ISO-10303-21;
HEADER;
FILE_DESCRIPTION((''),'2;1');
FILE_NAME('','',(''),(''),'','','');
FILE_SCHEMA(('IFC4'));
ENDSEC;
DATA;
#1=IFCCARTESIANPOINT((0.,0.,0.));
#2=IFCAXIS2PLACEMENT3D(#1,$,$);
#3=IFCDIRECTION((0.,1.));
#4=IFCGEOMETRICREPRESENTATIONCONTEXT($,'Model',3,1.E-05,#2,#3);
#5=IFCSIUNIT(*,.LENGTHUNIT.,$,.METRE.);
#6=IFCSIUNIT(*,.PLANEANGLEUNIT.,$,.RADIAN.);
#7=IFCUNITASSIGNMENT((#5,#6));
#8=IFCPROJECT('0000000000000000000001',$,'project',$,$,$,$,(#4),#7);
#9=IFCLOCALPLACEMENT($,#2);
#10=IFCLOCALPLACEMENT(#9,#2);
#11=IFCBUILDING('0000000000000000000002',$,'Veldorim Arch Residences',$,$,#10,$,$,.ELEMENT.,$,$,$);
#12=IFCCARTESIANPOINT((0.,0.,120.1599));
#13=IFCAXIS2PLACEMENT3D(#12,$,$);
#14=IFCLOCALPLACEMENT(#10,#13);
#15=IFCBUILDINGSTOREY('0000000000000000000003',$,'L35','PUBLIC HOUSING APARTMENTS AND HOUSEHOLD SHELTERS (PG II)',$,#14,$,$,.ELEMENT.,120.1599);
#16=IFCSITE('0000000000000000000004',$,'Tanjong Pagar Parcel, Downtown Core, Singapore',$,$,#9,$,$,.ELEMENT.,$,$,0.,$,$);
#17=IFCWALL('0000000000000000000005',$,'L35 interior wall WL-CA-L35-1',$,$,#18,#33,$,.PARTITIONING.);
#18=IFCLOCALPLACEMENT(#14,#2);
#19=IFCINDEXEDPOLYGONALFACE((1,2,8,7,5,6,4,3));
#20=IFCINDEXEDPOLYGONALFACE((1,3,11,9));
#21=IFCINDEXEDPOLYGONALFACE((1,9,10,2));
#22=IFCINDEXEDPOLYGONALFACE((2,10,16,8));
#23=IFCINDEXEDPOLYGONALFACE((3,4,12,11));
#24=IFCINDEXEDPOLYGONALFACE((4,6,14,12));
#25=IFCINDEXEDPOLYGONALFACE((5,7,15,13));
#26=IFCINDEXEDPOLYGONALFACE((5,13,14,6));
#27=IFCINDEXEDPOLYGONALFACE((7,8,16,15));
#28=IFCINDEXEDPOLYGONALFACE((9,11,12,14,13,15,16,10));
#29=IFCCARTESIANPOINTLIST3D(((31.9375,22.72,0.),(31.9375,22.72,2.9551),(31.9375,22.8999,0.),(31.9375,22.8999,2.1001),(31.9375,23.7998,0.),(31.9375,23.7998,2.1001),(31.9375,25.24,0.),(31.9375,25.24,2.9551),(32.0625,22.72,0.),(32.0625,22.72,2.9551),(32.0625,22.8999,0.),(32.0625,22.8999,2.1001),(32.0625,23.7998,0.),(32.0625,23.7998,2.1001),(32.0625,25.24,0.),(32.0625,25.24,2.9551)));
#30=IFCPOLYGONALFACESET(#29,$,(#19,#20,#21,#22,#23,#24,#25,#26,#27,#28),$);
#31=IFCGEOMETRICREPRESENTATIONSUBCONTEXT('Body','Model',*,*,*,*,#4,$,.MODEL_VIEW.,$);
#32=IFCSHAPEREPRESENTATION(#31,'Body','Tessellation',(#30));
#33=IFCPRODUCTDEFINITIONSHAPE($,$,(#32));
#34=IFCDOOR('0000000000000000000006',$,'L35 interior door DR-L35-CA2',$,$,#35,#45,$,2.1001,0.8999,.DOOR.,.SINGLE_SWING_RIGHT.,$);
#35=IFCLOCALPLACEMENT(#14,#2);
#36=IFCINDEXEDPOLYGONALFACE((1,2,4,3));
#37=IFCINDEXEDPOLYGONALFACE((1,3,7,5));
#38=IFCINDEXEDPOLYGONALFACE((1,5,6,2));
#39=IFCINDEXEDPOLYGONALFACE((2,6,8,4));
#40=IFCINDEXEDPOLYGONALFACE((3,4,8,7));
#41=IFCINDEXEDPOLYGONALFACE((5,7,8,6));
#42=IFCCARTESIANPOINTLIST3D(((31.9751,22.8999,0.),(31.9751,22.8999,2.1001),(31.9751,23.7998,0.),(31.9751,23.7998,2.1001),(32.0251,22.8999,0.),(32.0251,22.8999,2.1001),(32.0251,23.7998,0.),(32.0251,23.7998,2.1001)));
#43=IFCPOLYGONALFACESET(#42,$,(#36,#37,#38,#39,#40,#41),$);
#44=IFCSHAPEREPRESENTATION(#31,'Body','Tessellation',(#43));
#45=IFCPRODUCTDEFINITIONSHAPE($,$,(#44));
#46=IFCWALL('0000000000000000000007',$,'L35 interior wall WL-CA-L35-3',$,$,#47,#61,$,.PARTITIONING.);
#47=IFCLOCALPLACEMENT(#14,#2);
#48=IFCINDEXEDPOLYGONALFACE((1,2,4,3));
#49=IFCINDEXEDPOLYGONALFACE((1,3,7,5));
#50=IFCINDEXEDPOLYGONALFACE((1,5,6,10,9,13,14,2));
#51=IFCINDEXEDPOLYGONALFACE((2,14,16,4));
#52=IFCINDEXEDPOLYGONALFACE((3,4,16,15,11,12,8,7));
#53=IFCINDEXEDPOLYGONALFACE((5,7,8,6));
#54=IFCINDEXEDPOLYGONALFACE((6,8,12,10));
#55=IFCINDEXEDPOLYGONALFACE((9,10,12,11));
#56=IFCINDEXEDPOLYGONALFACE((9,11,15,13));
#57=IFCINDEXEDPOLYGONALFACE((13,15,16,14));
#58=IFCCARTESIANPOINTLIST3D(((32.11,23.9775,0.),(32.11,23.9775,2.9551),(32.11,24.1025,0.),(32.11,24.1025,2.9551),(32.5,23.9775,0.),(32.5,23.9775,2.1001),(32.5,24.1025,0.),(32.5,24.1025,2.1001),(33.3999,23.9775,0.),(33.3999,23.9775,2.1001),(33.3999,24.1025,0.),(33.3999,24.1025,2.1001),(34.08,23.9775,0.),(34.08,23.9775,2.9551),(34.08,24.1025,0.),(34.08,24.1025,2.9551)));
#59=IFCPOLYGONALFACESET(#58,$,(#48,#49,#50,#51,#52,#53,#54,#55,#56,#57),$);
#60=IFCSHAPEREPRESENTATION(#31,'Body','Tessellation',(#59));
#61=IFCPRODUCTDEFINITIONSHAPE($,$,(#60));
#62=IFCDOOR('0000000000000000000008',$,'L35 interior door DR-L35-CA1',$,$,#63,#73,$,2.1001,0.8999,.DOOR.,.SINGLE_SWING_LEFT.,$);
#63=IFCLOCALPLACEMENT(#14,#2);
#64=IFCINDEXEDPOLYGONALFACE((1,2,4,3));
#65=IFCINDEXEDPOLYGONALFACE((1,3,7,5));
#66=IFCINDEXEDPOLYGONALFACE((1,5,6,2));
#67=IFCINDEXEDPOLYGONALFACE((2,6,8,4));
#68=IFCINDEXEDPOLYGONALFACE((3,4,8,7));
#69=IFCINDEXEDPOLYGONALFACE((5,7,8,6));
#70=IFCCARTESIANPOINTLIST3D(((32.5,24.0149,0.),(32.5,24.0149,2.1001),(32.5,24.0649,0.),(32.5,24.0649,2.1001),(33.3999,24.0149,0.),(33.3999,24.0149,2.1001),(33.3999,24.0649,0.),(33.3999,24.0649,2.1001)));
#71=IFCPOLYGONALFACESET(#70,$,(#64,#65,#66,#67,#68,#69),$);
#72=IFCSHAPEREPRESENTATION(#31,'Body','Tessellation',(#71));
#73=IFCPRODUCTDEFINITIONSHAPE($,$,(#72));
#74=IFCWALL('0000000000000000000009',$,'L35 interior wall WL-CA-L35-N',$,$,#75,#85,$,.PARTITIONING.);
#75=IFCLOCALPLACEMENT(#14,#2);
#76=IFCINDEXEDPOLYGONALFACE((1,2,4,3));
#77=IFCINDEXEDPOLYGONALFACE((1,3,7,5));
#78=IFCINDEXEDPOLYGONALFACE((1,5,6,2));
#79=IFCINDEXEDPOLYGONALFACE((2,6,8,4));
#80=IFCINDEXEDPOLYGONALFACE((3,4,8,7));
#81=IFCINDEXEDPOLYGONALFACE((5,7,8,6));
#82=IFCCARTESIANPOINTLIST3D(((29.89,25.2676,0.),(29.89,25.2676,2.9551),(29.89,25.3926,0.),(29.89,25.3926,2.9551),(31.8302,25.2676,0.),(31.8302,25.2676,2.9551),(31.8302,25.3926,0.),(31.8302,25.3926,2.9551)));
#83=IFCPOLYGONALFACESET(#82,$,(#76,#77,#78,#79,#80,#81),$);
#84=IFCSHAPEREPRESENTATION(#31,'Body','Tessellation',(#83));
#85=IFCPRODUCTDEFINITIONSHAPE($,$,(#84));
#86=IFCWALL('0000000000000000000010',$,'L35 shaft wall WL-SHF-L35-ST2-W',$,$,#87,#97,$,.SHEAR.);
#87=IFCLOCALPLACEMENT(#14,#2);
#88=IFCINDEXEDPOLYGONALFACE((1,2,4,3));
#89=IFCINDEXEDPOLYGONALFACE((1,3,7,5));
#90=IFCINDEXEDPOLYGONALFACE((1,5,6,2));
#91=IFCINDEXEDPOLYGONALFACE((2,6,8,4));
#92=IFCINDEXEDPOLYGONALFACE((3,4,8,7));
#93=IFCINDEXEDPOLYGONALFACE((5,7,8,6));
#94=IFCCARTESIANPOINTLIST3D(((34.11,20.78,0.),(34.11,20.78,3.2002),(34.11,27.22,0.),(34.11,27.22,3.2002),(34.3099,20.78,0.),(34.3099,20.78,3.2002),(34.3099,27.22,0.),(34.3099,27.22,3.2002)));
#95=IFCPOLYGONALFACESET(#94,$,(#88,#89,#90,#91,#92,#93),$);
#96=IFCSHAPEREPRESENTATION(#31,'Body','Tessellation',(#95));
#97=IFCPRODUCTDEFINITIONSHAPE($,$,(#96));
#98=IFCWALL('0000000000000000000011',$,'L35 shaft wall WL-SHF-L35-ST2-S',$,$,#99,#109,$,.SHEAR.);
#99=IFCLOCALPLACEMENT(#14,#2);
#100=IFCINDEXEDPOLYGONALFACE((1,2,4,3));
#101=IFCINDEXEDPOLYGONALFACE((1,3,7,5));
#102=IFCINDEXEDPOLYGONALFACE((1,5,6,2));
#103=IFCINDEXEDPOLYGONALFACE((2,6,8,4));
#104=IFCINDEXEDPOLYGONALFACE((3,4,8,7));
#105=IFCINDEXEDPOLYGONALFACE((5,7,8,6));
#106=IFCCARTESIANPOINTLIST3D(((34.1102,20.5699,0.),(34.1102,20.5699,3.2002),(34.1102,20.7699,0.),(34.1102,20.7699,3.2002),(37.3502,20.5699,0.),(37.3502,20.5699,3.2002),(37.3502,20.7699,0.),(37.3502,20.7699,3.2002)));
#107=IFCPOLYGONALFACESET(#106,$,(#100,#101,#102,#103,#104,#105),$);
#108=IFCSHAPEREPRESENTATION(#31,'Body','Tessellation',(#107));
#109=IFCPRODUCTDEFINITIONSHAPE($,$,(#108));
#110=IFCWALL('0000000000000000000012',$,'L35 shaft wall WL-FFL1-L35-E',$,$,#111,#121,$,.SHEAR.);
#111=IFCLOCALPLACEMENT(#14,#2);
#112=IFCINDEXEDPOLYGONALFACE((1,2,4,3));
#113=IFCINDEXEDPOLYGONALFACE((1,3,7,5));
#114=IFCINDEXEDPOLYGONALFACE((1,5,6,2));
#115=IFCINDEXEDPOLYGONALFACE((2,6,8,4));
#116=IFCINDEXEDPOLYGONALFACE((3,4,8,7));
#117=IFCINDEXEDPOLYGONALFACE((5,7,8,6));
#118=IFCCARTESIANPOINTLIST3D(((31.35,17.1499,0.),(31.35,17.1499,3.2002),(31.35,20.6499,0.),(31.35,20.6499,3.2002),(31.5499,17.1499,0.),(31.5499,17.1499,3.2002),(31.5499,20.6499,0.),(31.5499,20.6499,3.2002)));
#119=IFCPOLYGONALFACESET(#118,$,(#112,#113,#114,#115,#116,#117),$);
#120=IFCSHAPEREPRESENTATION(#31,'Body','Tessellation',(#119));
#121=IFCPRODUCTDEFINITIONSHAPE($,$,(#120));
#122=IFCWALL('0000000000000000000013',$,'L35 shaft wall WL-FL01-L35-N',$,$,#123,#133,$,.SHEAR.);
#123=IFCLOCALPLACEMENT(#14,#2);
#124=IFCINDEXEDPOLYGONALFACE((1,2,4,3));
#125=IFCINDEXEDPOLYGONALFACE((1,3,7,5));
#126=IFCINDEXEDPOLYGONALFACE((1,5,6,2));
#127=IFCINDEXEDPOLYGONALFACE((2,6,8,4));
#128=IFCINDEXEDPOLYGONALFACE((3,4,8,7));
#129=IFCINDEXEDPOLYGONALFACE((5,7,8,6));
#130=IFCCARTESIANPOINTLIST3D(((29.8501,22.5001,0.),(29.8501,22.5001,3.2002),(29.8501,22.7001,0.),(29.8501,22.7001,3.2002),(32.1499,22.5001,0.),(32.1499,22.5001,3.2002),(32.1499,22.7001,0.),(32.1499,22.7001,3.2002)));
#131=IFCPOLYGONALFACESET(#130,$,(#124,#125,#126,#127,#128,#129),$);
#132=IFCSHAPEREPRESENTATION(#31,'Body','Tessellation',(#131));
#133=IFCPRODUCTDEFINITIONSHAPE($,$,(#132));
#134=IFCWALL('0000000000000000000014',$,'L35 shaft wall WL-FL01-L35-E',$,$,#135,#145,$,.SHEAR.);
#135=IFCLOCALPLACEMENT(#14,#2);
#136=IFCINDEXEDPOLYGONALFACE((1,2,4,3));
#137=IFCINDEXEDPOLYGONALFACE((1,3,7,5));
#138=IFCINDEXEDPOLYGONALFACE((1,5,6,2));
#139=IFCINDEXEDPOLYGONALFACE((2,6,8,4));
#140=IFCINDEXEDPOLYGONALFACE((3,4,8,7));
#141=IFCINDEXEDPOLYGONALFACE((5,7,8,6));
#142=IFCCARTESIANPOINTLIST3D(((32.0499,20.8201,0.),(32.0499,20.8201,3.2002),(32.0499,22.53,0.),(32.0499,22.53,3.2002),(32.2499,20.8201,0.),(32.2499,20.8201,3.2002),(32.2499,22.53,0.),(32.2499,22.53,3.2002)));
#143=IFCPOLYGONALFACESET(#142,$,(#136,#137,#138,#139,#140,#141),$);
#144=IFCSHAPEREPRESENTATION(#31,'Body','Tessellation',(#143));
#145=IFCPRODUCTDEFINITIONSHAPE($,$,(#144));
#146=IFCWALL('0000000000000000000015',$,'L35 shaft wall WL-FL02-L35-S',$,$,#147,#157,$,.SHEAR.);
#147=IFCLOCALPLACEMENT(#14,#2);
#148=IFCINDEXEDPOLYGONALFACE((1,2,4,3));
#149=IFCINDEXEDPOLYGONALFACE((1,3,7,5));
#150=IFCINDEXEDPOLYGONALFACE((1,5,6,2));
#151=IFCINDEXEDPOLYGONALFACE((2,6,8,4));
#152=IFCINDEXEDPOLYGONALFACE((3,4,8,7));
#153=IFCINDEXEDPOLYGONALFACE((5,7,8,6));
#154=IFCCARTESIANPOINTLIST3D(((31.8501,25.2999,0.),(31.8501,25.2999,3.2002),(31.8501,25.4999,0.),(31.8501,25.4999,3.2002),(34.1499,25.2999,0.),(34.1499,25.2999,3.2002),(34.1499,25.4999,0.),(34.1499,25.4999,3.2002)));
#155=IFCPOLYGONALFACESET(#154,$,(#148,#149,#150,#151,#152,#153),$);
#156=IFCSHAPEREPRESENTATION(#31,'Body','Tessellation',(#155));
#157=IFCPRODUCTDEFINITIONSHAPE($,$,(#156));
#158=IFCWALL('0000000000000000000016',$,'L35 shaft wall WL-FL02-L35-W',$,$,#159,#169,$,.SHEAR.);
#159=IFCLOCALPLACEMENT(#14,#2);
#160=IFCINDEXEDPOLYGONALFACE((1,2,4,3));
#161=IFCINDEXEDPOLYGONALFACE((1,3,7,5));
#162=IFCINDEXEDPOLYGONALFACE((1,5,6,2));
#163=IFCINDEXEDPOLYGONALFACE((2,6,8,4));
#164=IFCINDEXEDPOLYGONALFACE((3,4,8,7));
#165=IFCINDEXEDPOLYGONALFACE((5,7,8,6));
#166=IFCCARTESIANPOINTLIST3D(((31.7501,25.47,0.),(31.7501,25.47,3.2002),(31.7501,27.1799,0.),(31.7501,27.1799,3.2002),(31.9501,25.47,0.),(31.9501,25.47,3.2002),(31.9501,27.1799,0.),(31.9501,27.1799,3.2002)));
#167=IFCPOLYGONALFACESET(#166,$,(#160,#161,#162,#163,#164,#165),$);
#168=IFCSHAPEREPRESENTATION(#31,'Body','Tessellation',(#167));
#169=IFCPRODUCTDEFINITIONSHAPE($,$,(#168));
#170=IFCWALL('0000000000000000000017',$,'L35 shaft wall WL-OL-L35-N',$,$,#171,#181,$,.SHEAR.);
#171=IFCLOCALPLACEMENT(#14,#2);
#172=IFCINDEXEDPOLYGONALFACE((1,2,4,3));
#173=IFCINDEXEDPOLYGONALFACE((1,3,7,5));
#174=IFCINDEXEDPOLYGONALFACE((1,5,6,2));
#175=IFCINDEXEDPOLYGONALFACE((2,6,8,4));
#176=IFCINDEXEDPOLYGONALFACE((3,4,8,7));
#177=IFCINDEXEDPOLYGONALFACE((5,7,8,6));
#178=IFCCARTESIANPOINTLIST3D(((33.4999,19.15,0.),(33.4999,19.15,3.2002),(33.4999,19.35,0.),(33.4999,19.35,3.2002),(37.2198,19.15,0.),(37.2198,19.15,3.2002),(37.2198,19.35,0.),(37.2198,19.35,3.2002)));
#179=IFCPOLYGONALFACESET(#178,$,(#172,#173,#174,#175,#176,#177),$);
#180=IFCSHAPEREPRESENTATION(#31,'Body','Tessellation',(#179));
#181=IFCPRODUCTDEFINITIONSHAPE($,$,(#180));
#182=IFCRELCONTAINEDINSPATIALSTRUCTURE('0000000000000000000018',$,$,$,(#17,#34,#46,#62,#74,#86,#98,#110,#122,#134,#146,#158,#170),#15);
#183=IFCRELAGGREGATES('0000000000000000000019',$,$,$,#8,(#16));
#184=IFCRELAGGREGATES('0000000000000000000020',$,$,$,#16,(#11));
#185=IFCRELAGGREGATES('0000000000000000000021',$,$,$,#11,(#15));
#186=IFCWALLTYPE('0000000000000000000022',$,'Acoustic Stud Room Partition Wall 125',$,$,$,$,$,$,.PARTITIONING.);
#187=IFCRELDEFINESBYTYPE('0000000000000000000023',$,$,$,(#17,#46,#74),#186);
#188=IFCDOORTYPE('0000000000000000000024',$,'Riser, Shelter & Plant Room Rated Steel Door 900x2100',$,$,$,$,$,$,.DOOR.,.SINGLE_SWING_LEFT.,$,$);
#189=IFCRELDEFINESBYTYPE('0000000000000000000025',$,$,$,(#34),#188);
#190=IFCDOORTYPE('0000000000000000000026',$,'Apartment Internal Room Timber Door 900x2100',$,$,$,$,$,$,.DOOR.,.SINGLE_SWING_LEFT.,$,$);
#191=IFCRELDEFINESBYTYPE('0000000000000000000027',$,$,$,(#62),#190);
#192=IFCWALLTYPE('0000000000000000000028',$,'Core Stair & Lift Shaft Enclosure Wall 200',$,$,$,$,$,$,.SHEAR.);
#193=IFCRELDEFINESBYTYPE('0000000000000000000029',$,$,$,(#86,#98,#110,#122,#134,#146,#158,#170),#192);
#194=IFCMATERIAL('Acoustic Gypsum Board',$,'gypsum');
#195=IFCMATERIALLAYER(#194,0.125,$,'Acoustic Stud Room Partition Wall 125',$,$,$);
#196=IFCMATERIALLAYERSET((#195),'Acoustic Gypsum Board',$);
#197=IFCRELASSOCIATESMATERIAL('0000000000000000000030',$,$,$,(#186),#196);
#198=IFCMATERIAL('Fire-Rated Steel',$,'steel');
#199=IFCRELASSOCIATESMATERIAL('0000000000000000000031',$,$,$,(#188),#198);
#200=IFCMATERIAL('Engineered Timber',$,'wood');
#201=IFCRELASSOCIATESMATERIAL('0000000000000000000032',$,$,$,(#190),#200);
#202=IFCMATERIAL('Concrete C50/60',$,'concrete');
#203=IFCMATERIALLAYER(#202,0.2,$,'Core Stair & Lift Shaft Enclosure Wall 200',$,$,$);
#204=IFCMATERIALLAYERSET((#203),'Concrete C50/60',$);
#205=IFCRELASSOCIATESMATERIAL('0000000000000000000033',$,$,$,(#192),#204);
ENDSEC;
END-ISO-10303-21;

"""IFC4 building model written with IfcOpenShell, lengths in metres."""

from ifc_helpers import new_model, si_unit, direction, frame, frame_2d, origin, place, context, subcontext, project, spatial, rectangle, extrude, material, layer, layer_set, type_object, element, fill, save


model = new_model("IFC4")

# Units and contexts
model_context = context("Model", 3, precision=1e-05, world=origin(), true_north=direction((0.0, 1.0)))
body_context = subcontext(model_context, "Body", "Model", "MODEL_VIEW")
ifc_project = project(units=[si_unit("LENGTHUNIT", "METRE"), si_unit("PLANEANGLEUNIT", "RADIAN")], contexts=[model_context])

# Site, building, storey
site_placement = place(None, origin())
site = spatial("IfcSite", under=ifc_project, at=site_placement, Name="Tanjong Pagar Parcel, Downtown Core, Singapore", CompositionType="ELEMENT", RefElevation=0.0)
building_placement = place(site_placement, origin())
building = spatial("IfcBuilding", under=site, at=building_placement, Name="Veldorim Arch Residences", CompositionType="ELEMENT")
storey_placement = place(building_placement, frame((0.0, 0.0, 120.1599)))
storey = spatial("IfcBuildingStorey", under=building, at=storey_placement, Name="L35", Description="PUBLIC HOUSING APARTMENTS AND HOUSEHOLD SHELTERS (PG II)", CompositionType="ELEMENT", Elevation=120.1599)

# Walls, openings, doors
ifc_material_1 = material(Name="Acoustic Gypsum Board", Category="gypsum")
ifc_layer_1 = layer(ifc_material_1, 0.125, Name="Acoustic Stud Room Partition Wall 125")
ifc_layer_set_1 = layer_set([ifc_layer_1], Name="Acoustic Gypsum Board")
wall_type_1 = type_object("IfcWallType", Name="Acoustic Stud Room Partition Wall 125", PredefinedType="PARTITIONING", material=ifc_layer_set_1)
wall_1_placement = place(storey_placement, frame((32.0, 22.72, 0.0), z_axis=(0.0, 0.0, 1.0), x_axis=(0.0, 1.0, 0.0)))
wall_1 = element("IfcWall", 1, at=wall_1_placement, inside=storey, type_object=wall_type_1, Name="L35 interior wall WL-CA-L35-1", PredefinedType="PARTITIONING", context=body_context, shape_type="SweptSolid", body=[
    extrude(rectangle(XDim=2.52, YDim=0.125, at=frame_2d((1.26, 0.0))), origin(), (0.0, 0.0, 1.0), 2.9551),
])
opening_1_placement = place(wall_1_placement, frame((0.1799, 0.0, 0.0)))
opening_1 = element("IfcOpeningElement", 2, at=opening_1_placement, cuts=wall_1, PredefinedType="OPENING", context=body_context, shape_type="SweptSolid", body=[
    extrude(rectangle(XDim=0.8999, YDim=2.1001, at=frame_2d((0.45, 1.05))), frame((0.0, 0.0725, 0.0), z_axis=(0.0, -1.0, 0.0), x_axis=(1.0, 0.0, 0.0)), (0.0, 0.0, 1.0), 0.145),
])
ifc_material_2 = material(Name="Fire-Rated Steel", Category="steel")
door_type_1 = type_object("IfcDoorType", Name="Riser, Shelter & Plant Room Rated Steel Door 900x2100", OperationType="SINGLE_SWING_LEFT", PredefinedType="DOOR", material=ifc_material_2)
door_1_placement = place(opening_1_placement, origin())
door_1 = element("IfcDoor", 3, at=door_1_placement, inside=storey, type_object=door_type_1, Name="L35 interior door DR-L35-CA2", OperationType="SINGLE_SWING_RIGHT", OverallHeight=2.1001, OverallWidth=0.8999, PredefinedType="DOOR", context=body_context, shape_type="SweptSolid", body=[
    extrude(rectangle(XDim=0.8999, YDim=2.1001, at=frame_2d((0.45, 1.05))), frame((0.0, 0.0249, 0.0), z_axis=(0.0, -1.0, 0.0), x_axis=(1.0, 0.0, 0.0)), (0.0, 0.0, 1.0), 0.05),
])
fill(opening_1, door_1)
wall_2_placement = place(storey_placement, frame((32.1101, 24.04, 0.0), z_axis=(0.0, 0.0, 1.0), x_axis=(1.0, 0.0, 0.0)))
wall_2 = element("IfcWall", 4, at=wall_2_placement, inside=storey, type_object=wall_type_1, Name="L35 interior wall WL-CA-L35-3", PredefinedType="PARTITIONING", context=body_context, shape_type="SweptSolid", body=[
    extrude(rectangle(XDim=1.97, YDim=0.125, at=frame_2d((0.9849, 0.0))), origin(), (0.0, 0.0, 1.0), 2.9551),
])
opening_2_placement = place(wall_2_placement, frame((0.3899, 0.0, 0.0)))
opening_2 = element("IfcOpeningElement", 5, at=opening_2_placement, cuts=wall_2, PredefinedType="OPENING", context=body_context, shape_type="SweptSolid", body=[
    extrude(rectangle(XDim=0.8999, YDim=2.1001, at=frame_2d((0.45, 1.05))), frame((0.0, 0.0725, 0.0), z_axis=(0.0, -1.0, 0.0), x_axis=(1.0, 0.0, 0.0)), (0.0, 0.0, 1.0), 0.145),
])
ifc_material_3 = material(Name="Engineered Timber", Category="wood")
door_type_2 = type_object("IfcDoorType", Name="Apartment Internal Room Timber Door 900x2100", OperationType="SINGLE_SWING_LEFT", PredefinedType="DOOR", material=ifc_material_3)
door_2_placement = place(opening_2_placement, origin())
door_2 = element("IfcDoor", 6, at=door_2_placement, inside=storey, type_object=door_type_2, Name="L35 interior door DR-L35-CA1", OperationType="SINGLE_SWING_LEFT", OverallHeight=2.1001, OverallWidth=0.8999, PredefinedType="DOOR", context=body_context, shape_type="SweptSolid", body=[
    extrude(rectangle(XDim=0.8999, YDim=2.1001, at=frame_2d((0.45, 1.05))), frame((0.0, 0.0249, 0.0), z_axis=(0.0, -1.0, 0.0), x_axis=(1.0, 0.0, 0.0)), (0.0, 0.0, 1.0), 0.05),
])
fill(opening_2, door_2)

# Walls
wall_3_placement = place(storey_placement, frame((29.8899, 25.3301, 0.0), z_axis=(0.0, 0.0, 1.0), x_axis=(1.0, 0.0, 0.0)))
element("IfcWall", 7, at=wall_3_placement, inside=storey, type_object=wall_type_1, Name="L35 interior wall WL-CA-L35-N", PredefinedType="PARTITIONING", context=body_context, shape_type="SweptSolid", body=[
    extrude(rectangle(XDim=1.9402, YDim=0.125, at=frame_2d((0.9702, 0.0))), origin(), (0.0, 0.0, 1.0), 2.9551),
])
ifc_material_4 = material(Name="Concrete C50/60", Category="concrete")
ifc_layer_2 = layer(ifc_material_4, 0.2, Name="Core Stair & Lift Shaft Enclosure Wall 200")
ifc_layer_set_2 = layer_set([ifc_layer_2], Name="Concrete C50/60")
wall_type_2 = type_object("IfcWallType", Name="Core Stair & Lift Shaft Enclosure Wall 200", PredefinedType="SHEAR", material=ifc_layer_set_2)
wall_4_placement = place(storey_placement, frame((34.21, 20.78, 0.0), z_axis=(0.0, 0.0, 1.0), x_axis=(0.0, 1.0, 0.0)))
element("IfcWall", 8, at=wall_4_placement, inside=storey, type_object=wall_type_2, Name="L35 shaft wall WL-SHF-L35-ST2-W", PredefinedType="SHEAR", context=body_context, shape_type="SweptSolid", body=[
    extrude(rectangle(XDim=6.4399, YDim=0.2, at=frame_2d((3.22, 0.0))), origin(), (0.0, 0.0, 1.0), 3.2002),
])
wall_5_placement = place(storey_placement, frame((34.1101, 20.6699, 0.0), z_axis=(0.0, 0.0, 1.0), x_axis=(1.0, 0.0, 0.0)))
element("IfcWall", 9, at=wall_5_placement, inside=storey, type_object=wall_type_2, Name="L35 shaft wall WL-SHF-L35-ST2-S", PredefinedType="SHEAR", context=body_context, shape_type="SweptSolid", body=[
    extrude(rectangle(XDim=3.24, YDim=0.2, at=frame_2d((1.6201, 0.0))), origin(), (0.0, 0.0, 1.0), 3.2002),
])
wall_6_placement = place(storey_placement, frame((31.45, 17.1499, 0.0), z_axis=(0.0, 0.0, 1.0), x_axis=(0.0, 1.0, 0.0)))
element("IfcWall", 10, at=wall_6_placement, inside=storey, type_object=wall_type_2, Name="L35 shaft wall WL-FFL1-L35-E", PredefinedType="SHEAR", context=body_context, shape_type="SweptSolid", body=[
    extrude(rectangle(XDim=3.5, YDim=0.2, at=frame_2d((1.75, 0.0))), origin(), (0.0, 0.0, 1.0), 3.2002),
])
wall_7_placement = place(storey_placement, frame((29.8501, 22.6001, 0.0), z_axis=(0.0, 0.0, 1.0), x_axis=(1.0, 0.0, 0.0)))
element("IfcWall", 11, at=wall_7_placement, inside=storey, type_object=wall_type_2, Name="L35 shaft wall WL-FL01-L35-N", PredefinedType="SHEAR", context=body_context, shape_type="SweptSolid", body=[
    extrude(rectangle(XDim=2.2998, YDim=0.2, at=frame_2d((1.1499, 0.0))), origin(), (0.0, 0.0, 1.0), 3.2002),
])
wall_8_placement = place(storey_placement, frame((32.1499, 20.8201, 0.0), z_axis=(0.0, 0.0, 1.0), x_axis=(0.0, 1.0, 0.0)))
element("IfcWall", 12, at=wall_8_placement, inside=storey, type_object=wall_type_2, Name="L35 shaft wall WL-FL01-L35-E", PredefinedType="SHEAR", context=body_context, shape_type="SweptSolid", body=[
    extrude(rectangle(XDim=1.71, YDim=0.2, at=frame_2d((0.855, 0.0))), origin(), (0.0, 0.0, 1.0), 3.2002),
])
wall_9_placement = place(storey_placement, frame((31.8501, 25.3999, 0.0), z_axis=(0.0, 0.0, 1.0), x_axis=(1.0, 0.0, 0.0)))
element("IfcWall", 13, at=wall_9_placement, inside=storey, type_object=wall_type_2, Name="L35 shaft wall WL-FL02-L35-S", PredefinedType="SHEAR", context=body_context, shape_type="SweptSolid", body=[
    extrude(rectangle(XDim=2.2998, YDim=0.2, at=frame_2d((1.1499, 0.0))), origin(), (0.0, 0.0, 1.0), 3.2002),
])
wall_10_placement = place(storey_placement, frame((31.8501, 25.47, 0.0), z_axis=(0.0, 0.0, 1.0), x_axis=(0.0, 1.0, 0.0)))
element("IfcWall", 14, at=wall_10_placement, inside=storey, type_object=wall_type_2, Name="L35 shaft wall WL-FL02-L35-W", PredefinedType="SHEAR", context=body_context, shape_type="SweptSolid", body=[
    extrude(rectangle(XDim=1.71, YDim=0.2, at=frame_2d((0.855, 0.0))), origin(), (0.0, 0.0, 1.0), 3.2002),
])
wall_11_placement = place(storey_placement, frame((33.5, 19.25, 0.0), z_axis=(0.0, 0.0, 1.0), x_axis=(1.0, 0.0, 0.0)))
element("IfcWall", 15, at=wall_11_placement, inside=storey, type_object=wall_type_2, Name="L35 shaft wall WL-OL-L35-N", PredefinedType="SHEAR", context=body_context, shape_type="SweptSolid", body=[
    extrude(rectangle(XDim=3.72, YDim=0.2, at=frame_2d((1.8599, 0.0))), origin(), (0.0, 0.0, 1.0), 3.2002),
])

save(model, "model.ifc")
